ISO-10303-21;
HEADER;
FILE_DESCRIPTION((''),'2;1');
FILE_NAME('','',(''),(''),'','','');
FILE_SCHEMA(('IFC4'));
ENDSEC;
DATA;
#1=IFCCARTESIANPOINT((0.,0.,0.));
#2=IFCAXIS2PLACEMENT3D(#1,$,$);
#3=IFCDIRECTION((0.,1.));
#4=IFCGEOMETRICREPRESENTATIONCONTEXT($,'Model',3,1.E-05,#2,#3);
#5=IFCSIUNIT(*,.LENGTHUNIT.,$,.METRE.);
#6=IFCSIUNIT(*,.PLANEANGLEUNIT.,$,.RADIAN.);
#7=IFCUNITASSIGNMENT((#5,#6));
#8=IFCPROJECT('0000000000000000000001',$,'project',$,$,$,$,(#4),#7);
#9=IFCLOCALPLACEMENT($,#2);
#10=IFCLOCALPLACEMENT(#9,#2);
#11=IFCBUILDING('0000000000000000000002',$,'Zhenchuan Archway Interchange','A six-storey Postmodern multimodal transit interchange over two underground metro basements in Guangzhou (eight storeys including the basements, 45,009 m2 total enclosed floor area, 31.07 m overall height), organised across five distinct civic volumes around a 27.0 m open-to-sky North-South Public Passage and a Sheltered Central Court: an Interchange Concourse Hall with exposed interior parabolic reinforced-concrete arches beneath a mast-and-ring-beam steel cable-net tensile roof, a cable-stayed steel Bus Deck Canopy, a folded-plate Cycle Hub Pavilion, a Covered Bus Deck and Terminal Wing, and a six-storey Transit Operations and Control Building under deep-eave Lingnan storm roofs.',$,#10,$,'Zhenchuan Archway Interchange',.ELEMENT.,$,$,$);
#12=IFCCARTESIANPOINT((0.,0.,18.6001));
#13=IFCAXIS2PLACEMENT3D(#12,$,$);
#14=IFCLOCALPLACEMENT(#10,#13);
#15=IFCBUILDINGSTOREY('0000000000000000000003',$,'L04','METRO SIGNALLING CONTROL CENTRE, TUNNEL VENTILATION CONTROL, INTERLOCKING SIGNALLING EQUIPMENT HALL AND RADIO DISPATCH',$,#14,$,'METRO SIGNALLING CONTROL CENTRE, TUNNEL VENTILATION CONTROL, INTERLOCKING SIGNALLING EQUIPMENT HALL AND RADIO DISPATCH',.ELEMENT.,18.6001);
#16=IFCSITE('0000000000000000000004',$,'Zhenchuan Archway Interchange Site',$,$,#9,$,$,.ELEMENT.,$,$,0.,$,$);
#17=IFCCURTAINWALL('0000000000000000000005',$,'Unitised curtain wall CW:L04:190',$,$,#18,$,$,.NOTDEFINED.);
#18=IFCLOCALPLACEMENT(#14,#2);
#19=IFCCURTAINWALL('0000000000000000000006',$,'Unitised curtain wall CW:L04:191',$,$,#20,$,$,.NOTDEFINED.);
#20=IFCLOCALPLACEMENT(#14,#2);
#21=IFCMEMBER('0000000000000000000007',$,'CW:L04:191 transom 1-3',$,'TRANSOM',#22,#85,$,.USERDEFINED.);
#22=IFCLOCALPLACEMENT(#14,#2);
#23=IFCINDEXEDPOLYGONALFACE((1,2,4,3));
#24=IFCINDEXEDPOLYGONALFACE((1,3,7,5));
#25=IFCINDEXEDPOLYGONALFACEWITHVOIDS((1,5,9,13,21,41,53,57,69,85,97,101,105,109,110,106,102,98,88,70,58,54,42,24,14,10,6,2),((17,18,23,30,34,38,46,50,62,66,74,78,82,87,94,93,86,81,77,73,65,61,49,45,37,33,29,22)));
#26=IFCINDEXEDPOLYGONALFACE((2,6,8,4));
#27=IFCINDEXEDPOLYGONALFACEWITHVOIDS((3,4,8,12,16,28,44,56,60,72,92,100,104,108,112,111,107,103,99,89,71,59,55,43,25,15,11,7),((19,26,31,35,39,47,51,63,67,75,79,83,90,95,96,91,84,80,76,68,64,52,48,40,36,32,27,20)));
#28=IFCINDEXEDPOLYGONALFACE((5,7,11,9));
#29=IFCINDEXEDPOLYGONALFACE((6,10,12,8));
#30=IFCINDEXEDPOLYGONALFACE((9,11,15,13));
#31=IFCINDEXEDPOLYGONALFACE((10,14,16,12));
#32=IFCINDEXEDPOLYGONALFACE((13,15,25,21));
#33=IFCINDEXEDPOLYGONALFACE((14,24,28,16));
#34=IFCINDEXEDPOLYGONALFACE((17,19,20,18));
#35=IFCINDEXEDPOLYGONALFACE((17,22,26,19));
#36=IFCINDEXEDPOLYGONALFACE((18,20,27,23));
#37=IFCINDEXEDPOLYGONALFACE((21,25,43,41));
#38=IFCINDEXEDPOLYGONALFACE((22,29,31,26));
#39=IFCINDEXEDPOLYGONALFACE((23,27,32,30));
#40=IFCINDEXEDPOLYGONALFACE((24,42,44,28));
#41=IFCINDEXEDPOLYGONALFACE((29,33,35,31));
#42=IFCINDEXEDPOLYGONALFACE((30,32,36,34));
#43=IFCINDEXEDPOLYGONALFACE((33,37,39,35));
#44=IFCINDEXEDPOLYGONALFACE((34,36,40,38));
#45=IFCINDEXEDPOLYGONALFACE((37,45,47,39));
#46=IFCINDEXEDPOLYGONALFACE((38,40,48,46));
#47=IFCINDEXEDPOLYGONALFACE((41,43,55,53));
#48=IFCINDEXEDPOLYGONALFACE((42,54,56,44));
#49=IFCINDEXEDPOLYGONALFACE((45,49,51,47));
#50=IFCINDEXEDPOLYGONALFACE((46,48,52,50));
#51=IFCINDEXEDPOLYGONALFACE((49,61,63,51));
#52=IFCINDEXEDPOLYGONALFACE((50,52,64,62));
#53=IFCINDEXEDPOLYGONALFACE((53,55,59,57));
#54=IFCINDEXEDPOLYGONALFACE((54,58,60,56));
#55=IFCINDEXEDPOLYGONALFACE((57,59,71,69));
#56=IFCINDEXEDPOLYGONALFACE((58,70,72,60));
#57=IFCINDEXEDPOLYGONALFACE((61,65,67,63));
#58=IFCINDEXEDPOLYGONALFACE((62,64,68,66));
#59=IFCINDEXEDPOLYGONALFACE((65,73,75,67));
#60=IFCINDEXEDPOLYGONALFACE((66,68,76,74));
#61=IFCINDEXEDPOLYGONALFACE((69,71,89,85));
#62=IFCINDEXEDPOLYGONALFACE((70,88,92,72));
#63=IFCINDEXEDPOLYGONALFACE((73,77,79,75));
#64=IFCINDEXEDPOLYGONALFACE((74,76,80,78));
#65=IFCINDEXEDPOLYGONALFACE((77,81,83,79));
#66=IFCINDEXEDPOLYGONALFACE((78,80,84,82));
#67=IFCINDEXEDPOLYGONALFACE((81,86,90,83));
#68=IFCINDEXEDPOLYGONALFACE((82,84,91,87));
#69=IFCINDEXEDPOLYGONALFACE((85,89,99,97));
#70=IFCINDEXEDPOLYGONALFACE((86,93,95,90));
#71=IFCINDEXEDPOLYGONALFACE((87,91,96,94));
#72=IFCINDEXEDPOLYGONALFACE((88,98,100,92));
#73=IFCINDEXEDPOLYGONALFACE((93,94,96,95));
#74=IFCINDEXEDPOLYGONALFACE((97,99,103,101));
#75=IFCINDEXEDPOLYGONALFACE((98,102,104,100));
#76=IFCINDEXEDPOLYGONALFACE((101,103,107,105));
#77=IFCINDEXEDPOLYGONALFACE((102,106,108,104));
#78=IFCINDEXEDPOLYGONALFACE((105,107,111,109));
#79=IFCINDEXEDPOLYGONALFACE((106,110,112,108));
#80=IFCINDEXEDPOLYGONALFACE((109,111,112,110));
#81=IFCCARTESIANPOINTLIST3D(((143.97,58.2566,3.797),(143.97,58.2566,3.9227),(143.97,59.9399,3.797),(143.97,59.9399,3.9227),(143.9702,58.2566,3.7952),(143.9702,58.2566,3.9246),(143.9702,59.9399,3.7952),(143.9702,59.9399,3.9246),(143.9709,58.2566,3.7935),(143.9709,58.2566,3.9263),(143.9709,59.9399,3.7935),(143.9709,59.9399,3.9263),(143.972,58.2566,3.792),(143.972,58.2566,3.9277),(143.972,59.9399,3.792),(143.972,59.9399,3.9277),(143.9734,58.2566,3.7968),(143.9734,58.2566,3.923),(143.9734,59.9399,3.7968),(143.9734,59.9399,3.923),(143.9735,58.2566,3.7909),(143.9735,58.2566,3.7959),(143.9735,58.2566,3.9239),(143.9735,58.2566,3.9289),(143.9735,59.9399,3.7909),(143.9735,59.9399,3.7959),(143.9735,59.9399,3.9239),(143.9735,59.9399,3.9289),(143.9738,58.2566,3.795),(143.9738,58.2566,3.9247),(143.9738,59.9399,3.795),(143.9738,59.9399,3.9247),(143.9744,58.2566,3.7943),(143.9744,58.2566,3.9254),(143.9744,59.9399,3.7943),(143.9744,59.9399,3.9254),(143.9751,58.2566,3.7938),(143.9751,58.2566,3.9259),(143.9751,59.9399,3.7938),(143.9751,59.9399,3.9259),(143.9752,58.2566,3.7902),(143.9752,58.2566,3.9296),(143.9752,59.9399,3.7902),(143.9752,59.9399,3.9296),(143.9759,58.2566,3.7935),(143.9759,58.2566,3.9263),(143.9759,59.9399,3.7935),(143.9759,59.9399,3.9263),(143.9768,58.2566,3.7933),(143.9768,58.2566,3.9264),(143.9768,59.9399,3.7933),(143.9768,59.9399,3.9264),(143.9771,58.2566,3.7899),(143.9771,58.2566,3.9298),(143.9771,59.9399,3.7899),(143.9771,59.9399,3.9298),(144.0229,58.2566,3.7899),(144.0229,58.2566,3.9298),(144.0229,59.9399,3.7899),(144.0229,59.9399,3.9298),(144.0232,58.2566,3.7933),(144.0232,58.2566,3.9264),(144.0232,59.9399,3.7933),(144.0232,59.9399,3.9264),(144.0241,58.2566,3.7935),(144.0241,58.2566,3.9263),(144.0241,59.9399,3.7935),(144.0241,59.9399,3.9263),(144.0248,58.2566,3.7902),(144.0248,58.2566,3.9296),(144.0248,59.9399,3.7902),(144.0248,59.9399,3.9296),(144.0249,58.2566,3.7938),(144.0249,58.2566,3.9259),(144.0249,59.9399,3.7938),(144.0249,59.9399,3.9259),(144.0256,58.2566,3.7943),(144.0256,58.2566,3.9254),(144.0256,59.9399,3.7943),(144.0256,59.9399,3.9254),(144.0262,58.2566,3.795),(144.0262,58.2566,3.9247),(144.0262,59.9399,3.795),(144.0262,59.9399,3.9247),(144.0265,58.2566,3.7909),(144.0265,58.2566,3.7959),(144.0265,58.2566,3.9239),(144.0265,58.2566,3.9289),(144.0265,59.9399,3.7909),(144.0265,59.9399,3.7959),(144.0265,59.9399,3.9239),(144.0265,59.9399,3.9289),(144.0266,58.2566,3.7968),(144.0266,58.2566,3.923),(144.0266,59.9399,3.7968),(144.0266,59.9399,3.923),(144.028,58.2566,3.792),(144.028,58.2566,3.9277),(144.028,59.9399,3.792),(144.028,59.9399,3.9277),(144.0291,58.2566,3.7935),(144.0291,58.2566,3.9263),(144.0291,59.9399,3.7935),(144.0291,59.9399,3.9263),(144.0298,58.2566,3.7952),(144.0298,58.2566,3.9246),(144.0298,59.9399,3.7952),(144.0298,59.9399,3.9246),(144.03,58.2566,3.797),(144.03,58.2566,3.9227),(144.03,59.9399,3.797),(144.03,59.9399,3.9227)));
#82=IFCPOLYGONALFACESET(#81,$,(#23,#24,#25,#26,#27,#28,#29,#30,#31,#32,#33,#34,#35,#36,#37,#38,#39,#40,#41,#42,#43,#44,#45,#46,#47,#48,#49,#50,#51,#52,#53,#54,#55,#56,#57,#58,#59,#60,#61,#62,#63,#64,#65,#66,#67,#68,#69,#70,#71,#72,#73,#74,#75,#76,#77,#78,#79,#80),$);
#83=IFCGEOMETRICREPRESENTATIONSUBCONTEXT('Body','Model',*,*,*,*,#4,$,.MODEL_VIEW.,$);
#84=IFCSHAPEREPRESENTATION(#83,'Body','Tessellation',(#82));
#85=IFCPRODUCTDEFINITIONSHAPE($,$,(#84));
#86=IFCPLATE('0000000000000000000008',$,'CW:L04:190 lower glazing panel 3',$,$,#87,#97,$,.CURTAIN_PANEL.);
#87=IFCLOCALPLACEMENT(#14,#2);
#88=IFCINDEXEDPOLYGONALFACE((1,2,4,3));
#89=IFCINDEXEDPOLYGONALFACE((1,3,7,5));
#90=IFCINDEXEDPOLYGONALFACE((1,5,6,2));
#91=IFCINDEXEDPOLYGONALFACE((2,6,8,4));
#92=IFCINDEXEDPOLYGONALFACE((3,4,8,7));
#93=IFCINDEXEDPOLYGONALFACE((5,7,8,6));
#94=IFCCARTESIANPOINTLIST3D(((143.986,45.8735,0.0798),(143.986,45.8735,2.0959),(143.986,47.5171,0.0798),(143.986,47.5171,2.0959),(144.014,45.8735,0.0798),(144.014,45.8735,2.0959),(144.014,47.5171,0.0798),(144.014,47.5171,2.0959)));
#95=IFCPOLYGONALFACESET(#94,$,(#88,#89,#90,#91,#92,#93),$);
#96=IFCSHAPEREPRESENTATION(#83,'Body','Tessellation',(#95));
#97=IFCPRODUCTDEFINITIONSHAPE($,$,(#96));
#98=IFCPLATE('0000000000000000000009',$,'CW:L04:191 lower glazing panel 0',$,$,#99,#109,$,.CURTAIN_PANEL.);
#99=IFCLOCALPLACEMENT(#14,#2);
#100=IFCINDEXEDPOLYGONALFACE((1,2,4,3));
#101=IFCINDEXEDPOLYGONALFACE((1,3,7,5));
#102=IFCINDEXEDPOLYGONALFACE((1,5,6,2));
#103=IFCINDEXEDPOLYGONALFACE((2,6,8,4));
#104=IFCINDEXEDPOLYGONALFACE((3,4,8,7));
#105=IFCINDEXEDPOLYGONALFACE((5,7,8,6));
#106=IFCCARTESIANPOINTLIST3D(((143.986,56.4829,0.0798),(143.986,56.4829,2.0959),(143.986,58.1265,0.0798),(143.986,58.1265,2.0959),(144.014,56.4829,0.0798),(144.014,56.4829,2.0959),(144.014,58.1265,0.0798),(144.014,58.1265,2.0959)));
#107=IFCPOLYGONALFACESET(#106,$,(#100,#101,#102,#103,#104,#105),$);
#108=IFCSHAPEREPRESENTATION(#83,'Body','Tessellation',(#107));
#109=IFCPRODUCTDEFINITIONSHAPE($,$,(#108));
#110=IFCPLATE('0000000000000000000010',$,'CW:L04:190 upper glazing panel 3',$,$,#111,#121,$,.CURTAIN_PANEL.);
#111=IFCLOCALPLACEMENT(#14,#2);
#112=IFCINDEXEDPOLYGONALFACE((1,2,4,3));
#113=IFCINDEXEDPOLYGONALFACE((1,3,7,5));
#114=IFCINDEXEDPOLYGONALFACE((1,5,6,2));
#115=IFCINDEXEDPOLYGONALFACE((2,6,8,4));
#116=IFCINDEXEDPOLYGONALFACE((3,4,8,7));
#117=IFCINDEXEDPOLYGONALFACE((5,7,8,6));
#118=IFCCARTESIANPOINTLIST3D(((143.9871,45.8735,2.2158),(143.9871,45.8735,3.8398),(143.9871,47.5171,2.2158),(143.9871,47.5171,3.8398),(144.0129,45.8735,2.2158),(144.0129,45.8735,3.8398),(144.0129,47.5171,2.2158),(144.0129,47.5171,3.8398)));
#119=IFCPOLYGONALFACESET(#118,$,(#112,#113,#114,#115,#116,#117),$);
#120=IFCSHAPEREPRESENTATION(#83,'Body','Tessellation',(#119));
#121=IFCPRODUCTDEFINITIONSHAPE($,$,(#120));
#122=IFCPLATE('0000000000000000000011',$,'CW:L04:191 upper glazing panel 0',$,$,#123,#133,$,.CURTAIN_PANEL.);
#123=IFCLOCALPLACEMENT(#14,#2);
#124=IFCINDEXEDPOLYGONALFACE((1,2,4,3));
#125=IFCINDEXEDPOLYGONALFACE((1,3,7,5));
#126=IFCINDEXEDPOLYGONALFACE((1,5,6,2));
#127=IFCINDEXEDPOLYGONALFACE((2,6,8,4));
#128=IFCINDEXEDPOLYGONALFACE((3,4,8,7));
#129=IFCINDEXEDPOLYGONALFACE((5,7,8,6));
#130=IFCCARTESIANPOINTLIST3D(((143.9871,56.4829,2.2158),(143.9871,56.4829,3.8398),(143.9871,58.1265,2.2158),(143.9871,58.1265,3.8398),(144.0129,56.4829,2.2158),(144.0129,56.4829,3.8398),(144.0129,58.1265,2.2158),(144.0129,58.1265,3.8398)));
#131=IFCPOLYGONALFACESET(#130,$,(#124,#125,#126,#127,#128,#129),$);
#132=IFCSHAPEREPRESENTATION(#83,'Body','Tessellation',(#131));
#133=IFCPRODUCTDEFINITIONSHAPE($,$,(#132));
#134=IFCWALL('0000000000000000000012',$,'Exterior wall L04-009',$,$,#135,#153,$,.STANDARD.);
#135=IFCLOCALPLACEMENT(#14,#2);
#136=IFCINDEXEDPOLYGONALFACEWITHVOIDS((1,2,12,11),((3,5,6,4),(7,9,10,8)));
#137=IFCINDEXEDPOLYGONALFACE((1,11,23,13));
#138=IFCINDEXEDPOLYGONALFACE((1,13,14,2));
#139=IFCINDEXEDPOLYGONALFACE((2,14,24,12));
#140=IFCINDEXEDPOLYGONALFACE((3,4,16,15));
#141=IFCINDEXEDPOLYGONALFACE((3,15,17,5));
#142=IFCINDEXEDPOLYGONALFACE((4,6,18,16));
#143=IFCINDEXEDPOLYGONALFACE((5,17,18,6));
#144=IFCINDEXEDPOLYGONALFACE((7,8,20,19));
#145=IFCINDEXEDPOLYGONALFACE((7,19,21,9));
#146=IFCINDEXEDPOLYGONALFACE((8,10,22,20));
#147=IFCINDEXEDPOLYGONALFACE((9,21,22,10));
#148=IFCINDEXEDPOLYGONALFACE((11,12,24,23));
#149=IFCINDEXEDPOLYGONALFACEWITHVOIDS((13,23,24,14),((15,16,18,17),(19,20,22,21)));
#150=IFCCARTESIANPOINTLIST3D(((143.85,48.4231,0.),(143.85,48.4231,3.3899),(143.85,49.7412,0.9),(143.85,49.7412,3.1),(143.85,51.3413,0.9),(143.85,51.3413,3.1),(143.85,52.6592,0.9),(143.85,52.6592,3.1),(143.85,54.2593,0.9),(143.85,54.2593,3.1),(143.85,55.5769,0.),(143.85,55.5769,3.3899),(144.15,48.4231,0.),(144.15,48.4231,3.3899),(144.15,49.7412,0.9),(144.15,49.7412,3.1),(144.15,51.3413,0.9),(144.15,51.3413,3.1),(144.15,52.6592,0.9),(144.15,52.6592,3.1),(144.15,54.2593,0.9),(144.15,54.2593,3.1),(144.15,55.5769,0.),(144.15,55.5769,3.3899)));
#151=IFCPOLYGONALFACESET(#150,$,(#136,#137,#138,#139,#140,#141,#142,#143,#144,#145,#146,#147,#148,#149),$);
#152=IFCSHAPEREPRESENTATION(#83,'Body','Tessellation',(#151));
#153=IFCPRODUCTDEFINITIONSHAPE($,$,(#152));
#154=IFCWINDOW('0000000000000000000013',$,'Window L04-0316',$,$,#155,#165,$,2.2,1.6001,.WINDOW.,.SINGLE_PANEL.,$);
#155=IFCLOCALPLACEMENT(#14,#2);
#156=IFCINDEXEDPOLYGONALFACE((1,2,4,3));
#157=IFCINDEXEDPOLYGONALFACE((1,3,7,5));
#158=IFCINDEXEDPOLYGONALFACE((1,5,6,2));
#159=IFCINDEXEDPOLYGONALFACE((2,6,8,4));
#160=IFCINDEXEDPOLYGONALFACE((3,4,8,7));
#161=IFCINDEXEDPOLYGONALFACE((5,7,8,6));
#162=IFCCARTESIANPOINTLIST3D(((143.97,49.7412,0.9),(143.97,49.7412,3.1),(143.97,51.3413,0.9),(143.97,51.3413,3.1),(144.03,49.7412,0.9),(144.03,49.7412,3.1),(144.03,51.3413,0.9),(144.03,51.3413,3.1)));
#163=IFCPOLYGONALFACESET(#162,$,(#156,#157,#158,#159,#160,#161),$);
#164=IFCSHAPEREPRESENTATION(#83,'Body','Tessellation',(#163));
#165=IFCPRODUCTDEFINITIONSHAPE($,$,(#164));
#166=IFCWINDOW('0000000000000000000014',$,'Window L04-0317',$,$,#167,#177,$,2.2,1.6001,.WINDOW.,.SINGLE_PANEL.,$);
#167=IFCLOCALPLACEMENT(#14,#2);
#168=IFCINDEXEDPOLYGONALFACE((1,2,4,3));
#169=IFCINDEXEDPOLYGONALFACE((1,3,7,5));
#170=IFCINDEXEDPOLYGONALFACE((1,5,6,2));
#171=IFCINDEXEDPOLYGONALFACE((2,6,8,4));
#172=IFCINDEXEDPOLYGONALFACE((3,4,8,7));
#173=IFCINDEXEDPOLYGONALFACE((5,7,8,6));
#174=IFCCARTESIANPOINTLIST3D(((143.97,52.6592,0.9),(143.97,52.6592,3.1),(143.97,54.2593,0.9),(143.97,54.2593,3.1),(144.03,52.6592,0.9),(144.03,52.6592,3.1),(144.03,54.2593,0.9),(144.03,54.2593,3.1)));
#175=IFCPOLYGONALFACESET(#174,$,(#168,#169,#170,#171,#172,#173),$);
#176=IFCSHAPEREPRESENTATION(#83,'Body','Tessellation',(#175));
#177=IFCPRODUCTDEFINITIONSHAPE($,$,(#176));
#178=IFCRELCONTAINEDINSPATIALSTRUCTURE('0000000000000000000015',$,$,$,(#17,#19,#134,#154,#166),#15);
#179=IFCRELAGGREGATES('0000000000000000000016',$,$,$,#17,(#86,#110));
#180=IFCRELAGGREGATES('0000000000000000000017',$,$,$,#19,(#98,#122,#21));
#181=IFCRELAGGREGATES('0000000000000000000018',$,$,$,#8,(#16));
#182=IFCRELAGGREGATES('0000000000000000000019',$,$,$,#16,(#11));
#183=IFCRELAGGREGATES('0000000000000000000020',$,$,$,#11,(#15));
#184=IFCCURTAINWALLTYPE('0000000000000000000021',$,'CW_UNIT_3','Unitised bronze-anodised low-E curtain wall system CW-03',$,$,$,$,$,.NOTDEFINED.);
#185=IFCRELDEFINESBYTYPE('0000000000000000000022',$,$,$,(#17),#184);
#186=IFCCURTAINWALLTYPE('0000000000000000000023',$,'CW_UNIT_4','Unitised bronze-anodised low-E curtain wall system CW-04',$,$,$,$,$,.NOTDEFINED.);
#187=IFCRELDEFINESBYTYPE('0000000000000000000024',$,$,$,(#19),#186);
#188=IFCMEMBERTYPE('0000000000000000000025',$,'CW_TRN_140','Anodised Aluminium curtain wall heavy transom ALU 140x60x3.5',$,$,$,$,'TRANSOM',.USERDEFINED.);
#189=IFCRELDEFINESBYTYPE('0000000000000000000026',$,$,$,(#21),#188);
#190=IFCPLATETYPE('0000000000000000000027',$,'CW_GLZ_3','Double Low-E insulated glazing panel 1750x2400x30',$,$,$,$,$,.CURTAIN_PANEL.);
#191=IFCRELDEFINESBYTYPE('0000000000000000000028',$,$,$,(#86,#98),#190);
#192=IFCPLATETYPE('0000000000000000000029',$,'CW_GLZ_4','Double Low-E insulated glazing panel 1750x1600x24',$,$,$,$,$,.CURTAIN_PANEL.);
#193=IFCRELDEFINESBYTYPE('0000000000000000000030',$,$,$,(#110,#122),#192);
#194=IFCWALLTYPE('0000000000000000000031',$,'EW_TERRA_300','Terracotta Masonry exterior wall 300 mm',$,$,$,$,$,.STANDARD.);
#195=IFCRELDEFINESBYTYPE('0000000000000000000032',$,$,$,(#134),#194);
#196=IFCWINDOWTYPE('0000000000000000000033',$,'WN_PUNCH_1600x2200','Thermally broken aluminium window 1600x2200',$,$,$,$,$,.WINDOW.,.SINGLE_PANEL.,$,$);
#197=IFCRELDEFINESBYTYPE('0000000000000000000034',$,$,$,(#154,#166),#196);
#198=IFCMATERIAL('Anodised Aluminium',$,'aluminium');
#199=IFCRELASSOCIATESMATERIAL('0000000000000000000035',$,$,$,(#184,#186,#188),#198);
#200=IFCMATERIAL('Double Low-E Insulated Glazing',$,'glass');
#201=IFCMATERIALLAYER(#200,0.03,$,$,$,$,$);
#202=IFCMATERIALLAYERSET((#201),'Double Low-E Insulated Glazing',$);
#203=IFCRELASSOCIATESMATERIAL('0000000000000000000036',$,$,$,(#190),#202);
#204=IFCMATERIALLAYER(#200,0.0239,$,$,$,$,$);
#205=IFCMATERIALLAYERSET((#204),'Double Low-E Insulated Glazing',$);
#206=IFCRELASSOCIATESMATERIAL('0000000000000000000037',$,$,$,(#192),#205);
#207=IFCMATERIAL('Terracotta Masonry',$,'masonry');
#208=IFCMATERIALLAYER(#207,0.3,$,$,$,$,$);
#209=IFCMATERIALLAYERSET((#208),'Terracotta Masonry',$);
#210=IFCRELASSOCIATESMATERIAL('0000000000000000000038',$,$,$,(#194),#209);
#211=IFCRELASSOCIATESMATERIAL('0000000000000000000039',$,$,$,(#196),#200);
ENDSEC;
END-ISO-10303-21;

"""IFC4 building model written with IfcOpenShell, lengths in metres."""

from ifc_helpers import new_model, si_unit, direction, frame, frame_2d, origin, origin_2d, place, context, subcontext, project, spatial, rectangle, hollow_rectangle, extrude, material, layer, layer_set, material_profile, profile_set, type_object, element, fill, aggregate, save


model = new_model("IFC4")

# Units and contexts
model_context = context("Model", 3, precision=1e-05, world=origin(), true_north=direction((0.0, 1.0)))
body_context = subcontext(model_context, "Body", "Model", "MODEL_VIEW")
ifc_project = project(units=[si_unit("LENGTHUNIT", "METRE"), si_unit("PLANEANGLEUNIT", "RADIAN")], contexts=[model_context])

# Site, building, storey
site_placement = place(None, origin())
site = spatial("IfcSite", under=ifc_project, at=site_placement, Name="Zhenchuan Archway Interchange Site", CompositionType="ELEMENT", RefElevation=0.0)
building_placement = place(site_placement, origin())
building = spatial("IfcBuilding", under=site, at=building_placement, Name="Zhenchuan Archway Interchange", Description="A six-storey Postmodern multimodal transit interchange over two underground metro basements in Guangzhou (eight storeys including the basements, 45,009 m2 total enclosed floor area, 31.07 m overall height), organised across five distinct civic volumes around a 27.0 m open-to-sky North-South Public Passage and a Sheltered Central Court: an Interchange Concourse Hall with exposed interior parabolic reinforced-concrete arches beneath a mast-and-ring-beam steel cable-net tensile roof, a cable-stayed steel Bus Deck Canopy, a folded-plate Cycle Hub Pavilion, a Covered Bus Deck and Terminal Wing, and a six-storey Transit Operations and Control Building under deep-eave Lingnan storm roofs.", LongName="Zhenchuan Archway Interchange", CompositionType="ELEMENT")
storey_placement = place(building_placement, frame((0.0, 0.0, 18.6001)))
storey = spatial("IfcBuildingStorey", under=building, at=storey_placement, Name="L04", Description="METRO SIGNALLING CONTROL CENTRE, TUNNEL VENTILATION CONTROL, INTERLOCKING SIGNALLING EQUIPMENT HALL AND RADIO DISPATCH", LongName="METRO SIGNALLING CONTROL CENTRE, TUNNEL VENTILATION CONTROL, INTERLOCKING SIGNALLING EQUIPMENT HALL AND RADIO DISPATCH", CompositionType="ELEMENT", Elevation=18.6001)

# Curtain wall
ifc_material_1 = material(Name="Anodised Aluminium", Category="aluminium")
curtain_wall_type_1 = type_object("IfcCurtainWallType", Name="CW_UNIT_3", Description="Unitised bronze-anodised low-E curtain wall system CW-03", PredefinedType="NOTDEFINED", material=ifc_material_1)
curtain_wall_1_placement = place(storey_placement, origin())
curtain_wall_1 = element("IfcCurtainWall", 1, at=curtain_wall_1_placement, inside=storey, type_object=curtain_wall_type_1, Name="Unitised curtain wall CW:L04:190", PredefinedType="NOTDEFINED")

# Curtain wall, member
curtain_wall_type_2 = type_object("IfcCurtainWallType", Name="CW_UNIT_4", Description="Unitised bronze-anodised low-E curtain wall system CW-04", PredefinedType="NOTDEFINED", material=ifc_material_1)
curtain_wall_2_placement = place(storey_placement, origin())
curtain_wall_2 = element("IfcCurtainWall", 2, at=curtain_wall_2_placement, inside=storey, type_object=curtain_wall_type_2, Name="Unitised curtain wall CW:L04:191", PredefinedType="NOTDEFINED")
ifc_material_profile_1 = material_profile(ifc_material_1, hollow_rectangle(XDim=0.0601, YDim=0.1399, WallThickness=0.0034, InnerFilletRadius=0.0034, OuterFilletRadius=0.0071, at=origin_2d()), Name="ALU 140x60x3.5")
ifc_profile_set_1 = profile_set([ifc_material_profile_1], Name="Anodised Aluminium")
member_type_1 = type_object("IfcMemberType", Name="CW_TRN_140", Description="Anodised Aluminium curtain wall heavy transom ALU 140x60x3.5", ElementType="TRANSOM", PredefinedType="USERDEFINED", material=ifc_profile_set_1)
member_1_placement = place(storey_placement, frame((144.0, 58.2566, 3.8599), z_axis=(0.0, 1.0, 0.0), x_axis=(-1.0, 0.0, 0.0)))
member_1 = element("IfcMember", 3, at=member_1_placement, type_object=member_type_1, Name="CW:L04:191 transom 1-3", ObjectType="TRANSOM", PredefinedType="USERDEFINED", context=body_context, shape_type="SweptSolid", body=[
    extrude(hollow_rectangle(XDim=0.0601, YDim=0.1399, WallThickness=0.0034, InnerFilletRadius=0.0034, OuterFilletRadius=0.0071, at=origin_2d()), origin(), (0.0, 0.0, 1.0), 1.6833),
])

# Plates
ifc_material_2 = material(Name="Double Low-E Insulated Glazing", Category="glass")
ifc_layer_1 = layer(ifc_material_2, 0.03)
ifc_layer_set_1 = layer_set([ifc_layer_1], Name="Double Low-E Insulated Glazing")
plate_type_1 = type_object("IfcPlateType", Name="CW_GLZ_3", Description="Double Low-E insulated glazing panel 1750x2400x30", PredefinedType="CURTAIN_PANEL", material=ifc_layer_set_1)
plate_1_placement = place(storey_placement, frame((144.0, 46.6953, 0.0798), z_axis=(0.0, 0.0, 1.0), x_axis=(0.0, 1.0, 0.0)))
plate_1 = element("IfcPlate", 4, at=plate_1_placement, type_object=plate_type_1, Name="CW:L04:190 lower glazing panel 3", PredefinedType="CURTAIN_PANEL", context=body_context, shape_type="SweptSolid", body=[
    extrude(rectangle(XDim=1.6436, YDim=0.0281, at=origin_2d()), origin(), (0.0, 0.0, 1.0), 2.0161),
])
plate_2_placement = place(storey_placement, frame((144.0, 57.3047, 0.0798), z_axis=(0.0, 0.0, 1.0), x_axis=(0.0, 1.0, 0.0)))
plate_2 = element("IfcPlate", 5, at=plate_2_placement, type_object=plate_type_1, Name="CW:L04:191 lower glazing panel 0", PredefinedType="CURTAIN_PANEL", context=body_context, shape_type="SweptSolid", body=[
    extrude(rectangle(XDim=1.6436, YDim=0.0281, at=origin_2d()), origin(), (0.0, 0.0, 1.0), 2.0161),
])
ifc_layer_2 = layer(ifc_material_2, 0.0239)
ifc_layer_set_2 = layer_set([ifc_layer_2], Name="Double Low-E Insulated Glazing")
plate_type_2 = type_object("IfcPlateType", Name="CW_GLZ_4", Description="Double Low-E insulated glazing panel 1750x1600x24", PredefinedType="CURTAIN_PANEL", material=ifc_layer_set_2)
plate_3_placement = place(storey_placement, frame((144.0, 46.6953, 2.2158), z_axis=(0.0, 0.0, 1.0), x_axis=(0.0, 1.0, 0.0)))
plate_3 = element("IfcPlate", 6, at=plate_3_placement, type_object=plate_type_2, Name="CW:L04:190 upper glazing panel 3", PredefinedType="CURTAIN_PANEL", context=body_context, shape_type="SweptSolid", body=[
    extrude(rectangle(XDim=1.6436, YDim=0.0259, at=origin_2d()), origin(), (0.0, 0.0, 1.0), 1.624),
])
aggregate(curtain_wall_1, [plate_1, plate_3])
plate_4_placement = place(storey_placement, frame((144.0, 57.3047, 2.2158), z_axis=(0.0, 0.0, 1.0), x_axis=(0.0, 1.0, 0.0)))
plate_4 = element("IfcPlate", 7, at=plate_4_placement, type_object=plate_type_2, Name="CW:L04:191 upper glazing panel 0", PredefinedType="CURTAIN_PANEL", context=body_context, shape_type="SweptSolid", body=[
    extrude(rectangle(XDim=1.6436, YDim=0.0259, at=origin_2d()), origin(), (0.0, 0.0, 1.0), 1.624),
])
aggregate(curtain_wall_2, [plate_2, plate_4, member_1])

# Wall, openings, windows
ifc_material_3 = material(Name="Terracotta Masonry", Category="masonry")
ifc_layer_3 = layer(ifc_material_3, 0.3)
ifc_layer_set_3 = layer_set([ifc_layer_3], Name="Terracotta Masonry")
wall_type_1 = type_object("IfcWallType", Name="EW_TERRA_300", Description="Terracotta Masonry exterior wall 300 mm", PredefinedType="STANDARD", material=ifc_layer_set_3)
wall_1_placement = place(storey_placement, frame((144.0, 48.4231, 0.0), z_axis=(0.0, 0.0, 1.0), x_axis=(0.0, 1.0, 0.0)))
wall_1 = element("IfcWall", 8, at=wall_1_placement, inside=storey, type_object=wall_type_1, Name="Exterior wall L04-009", PredefinedType="STANDARD", context=body_context, shape_type="SweptSolid", body=[
    extrude(rectangle(XDim=7.1538, YDim=0.3, at=frame_2d((3.5769, 0.0))), origin(), (0.0, 0.0, 1.0), 3.3899),
])
opening_1_placement = place(wall_1_placement, frame((1.3181, 0.0, 0.8999)))
opening_1 = element("IfcOpeningElement", 9, at=opening_1_placement, cuts=wall_1, PredefinedType="OPENING", context=body_context, shape_type="SweptSolid", body=[
    extrude(rectangle(XDim=1.6001, YDim=2.2, at=frame_2d((0.8, 1.1001))), frame((0.0, 0.1621, 0.0), z_axis=(0.0, -1.0, 0.0), x_axis=(1.0, 0.0, 0.0)), (0.0, 0.0, 1.0), 0.324),
])
opening_2_placement = place(wall_1_placement, frame((4.2361, 0.0, 0.8999)))
opening_2 = element("IfcOpeningElement", 10, at=opening_2_placement, cuts=wall_1, PredefinedType="OPENING", context=body_context, shape_type="SweptSolid", body=[
    extrude(rectangle(XDim=1.6001, YDim=2.2, at=frame_2d((0.8, 1.1001))), frame((0.0, 0.1621, 0.0), z_axis=(0.0, -1.0, 0.0), x_axis=(1.0, 0.0, 0.0)), (0.0, 0.0, 1.0), 0.324),
])
window_type = type_object("IfcWindowType", Name="WN_PUNCH_1600x2200", Description="Thermally broken aluminium window 1600x2200", PartitioningType="SINGLE_PANEL", PredefinedType="WINDOW", material=ifc_material_2)
window_1_placement = place(opening_1_placement, origin())
window_1 = element("IfcWindow", 11, at=window_1_placement, inside=storey, type_object=window_type, Name="Window L04-0316", OverallHeight=2.2, OverallWidth=1.6001, PartitioningType="SINGLE_PANEL", PredefinedType="WINDOW", context=body_context, shape_type="SweptSolid", body=[
    extrude(rectangle(XDim=1.6001, YDim=2.2, at=frame_2d((0.8, 1.1001))), frame((0.0, 0.03, 0.0), z_axis=(0.0, -1.0, 0.0), x_axis=(1.0, 0.0, 0.0)), (0.0, 0.0, 1.0), 0.0601),
])
fill(opening_1, window_1)
window_2_placement = place(opening_2_placement, origin())
window_2 = element("IfcWindow", 12, at=window_2_placement, inside=storey, type_object=window_type, Name="Window L04-0317", OverallHeight=2.2, OverallWidth=1.6001, PartitioningType="SINGLE_PANEL", PredefinedType="WINDOW", context=body_context, shape_type="SweptSolid", body=[
    extrude(rectangle(XDim=1.6001, YDim=2.2, at=frame_2d((0.8, 1.1001))), frame((0.0, 0.03, 0.0), z_axis=(0.0, -1.0, 0.0), x_axis=(1.0, 0.0, 0.0)), (0.0, 0.0, 1.0), 0.0601),
])
fill(opening_2, window_2)

save(model, "model.ifc")
